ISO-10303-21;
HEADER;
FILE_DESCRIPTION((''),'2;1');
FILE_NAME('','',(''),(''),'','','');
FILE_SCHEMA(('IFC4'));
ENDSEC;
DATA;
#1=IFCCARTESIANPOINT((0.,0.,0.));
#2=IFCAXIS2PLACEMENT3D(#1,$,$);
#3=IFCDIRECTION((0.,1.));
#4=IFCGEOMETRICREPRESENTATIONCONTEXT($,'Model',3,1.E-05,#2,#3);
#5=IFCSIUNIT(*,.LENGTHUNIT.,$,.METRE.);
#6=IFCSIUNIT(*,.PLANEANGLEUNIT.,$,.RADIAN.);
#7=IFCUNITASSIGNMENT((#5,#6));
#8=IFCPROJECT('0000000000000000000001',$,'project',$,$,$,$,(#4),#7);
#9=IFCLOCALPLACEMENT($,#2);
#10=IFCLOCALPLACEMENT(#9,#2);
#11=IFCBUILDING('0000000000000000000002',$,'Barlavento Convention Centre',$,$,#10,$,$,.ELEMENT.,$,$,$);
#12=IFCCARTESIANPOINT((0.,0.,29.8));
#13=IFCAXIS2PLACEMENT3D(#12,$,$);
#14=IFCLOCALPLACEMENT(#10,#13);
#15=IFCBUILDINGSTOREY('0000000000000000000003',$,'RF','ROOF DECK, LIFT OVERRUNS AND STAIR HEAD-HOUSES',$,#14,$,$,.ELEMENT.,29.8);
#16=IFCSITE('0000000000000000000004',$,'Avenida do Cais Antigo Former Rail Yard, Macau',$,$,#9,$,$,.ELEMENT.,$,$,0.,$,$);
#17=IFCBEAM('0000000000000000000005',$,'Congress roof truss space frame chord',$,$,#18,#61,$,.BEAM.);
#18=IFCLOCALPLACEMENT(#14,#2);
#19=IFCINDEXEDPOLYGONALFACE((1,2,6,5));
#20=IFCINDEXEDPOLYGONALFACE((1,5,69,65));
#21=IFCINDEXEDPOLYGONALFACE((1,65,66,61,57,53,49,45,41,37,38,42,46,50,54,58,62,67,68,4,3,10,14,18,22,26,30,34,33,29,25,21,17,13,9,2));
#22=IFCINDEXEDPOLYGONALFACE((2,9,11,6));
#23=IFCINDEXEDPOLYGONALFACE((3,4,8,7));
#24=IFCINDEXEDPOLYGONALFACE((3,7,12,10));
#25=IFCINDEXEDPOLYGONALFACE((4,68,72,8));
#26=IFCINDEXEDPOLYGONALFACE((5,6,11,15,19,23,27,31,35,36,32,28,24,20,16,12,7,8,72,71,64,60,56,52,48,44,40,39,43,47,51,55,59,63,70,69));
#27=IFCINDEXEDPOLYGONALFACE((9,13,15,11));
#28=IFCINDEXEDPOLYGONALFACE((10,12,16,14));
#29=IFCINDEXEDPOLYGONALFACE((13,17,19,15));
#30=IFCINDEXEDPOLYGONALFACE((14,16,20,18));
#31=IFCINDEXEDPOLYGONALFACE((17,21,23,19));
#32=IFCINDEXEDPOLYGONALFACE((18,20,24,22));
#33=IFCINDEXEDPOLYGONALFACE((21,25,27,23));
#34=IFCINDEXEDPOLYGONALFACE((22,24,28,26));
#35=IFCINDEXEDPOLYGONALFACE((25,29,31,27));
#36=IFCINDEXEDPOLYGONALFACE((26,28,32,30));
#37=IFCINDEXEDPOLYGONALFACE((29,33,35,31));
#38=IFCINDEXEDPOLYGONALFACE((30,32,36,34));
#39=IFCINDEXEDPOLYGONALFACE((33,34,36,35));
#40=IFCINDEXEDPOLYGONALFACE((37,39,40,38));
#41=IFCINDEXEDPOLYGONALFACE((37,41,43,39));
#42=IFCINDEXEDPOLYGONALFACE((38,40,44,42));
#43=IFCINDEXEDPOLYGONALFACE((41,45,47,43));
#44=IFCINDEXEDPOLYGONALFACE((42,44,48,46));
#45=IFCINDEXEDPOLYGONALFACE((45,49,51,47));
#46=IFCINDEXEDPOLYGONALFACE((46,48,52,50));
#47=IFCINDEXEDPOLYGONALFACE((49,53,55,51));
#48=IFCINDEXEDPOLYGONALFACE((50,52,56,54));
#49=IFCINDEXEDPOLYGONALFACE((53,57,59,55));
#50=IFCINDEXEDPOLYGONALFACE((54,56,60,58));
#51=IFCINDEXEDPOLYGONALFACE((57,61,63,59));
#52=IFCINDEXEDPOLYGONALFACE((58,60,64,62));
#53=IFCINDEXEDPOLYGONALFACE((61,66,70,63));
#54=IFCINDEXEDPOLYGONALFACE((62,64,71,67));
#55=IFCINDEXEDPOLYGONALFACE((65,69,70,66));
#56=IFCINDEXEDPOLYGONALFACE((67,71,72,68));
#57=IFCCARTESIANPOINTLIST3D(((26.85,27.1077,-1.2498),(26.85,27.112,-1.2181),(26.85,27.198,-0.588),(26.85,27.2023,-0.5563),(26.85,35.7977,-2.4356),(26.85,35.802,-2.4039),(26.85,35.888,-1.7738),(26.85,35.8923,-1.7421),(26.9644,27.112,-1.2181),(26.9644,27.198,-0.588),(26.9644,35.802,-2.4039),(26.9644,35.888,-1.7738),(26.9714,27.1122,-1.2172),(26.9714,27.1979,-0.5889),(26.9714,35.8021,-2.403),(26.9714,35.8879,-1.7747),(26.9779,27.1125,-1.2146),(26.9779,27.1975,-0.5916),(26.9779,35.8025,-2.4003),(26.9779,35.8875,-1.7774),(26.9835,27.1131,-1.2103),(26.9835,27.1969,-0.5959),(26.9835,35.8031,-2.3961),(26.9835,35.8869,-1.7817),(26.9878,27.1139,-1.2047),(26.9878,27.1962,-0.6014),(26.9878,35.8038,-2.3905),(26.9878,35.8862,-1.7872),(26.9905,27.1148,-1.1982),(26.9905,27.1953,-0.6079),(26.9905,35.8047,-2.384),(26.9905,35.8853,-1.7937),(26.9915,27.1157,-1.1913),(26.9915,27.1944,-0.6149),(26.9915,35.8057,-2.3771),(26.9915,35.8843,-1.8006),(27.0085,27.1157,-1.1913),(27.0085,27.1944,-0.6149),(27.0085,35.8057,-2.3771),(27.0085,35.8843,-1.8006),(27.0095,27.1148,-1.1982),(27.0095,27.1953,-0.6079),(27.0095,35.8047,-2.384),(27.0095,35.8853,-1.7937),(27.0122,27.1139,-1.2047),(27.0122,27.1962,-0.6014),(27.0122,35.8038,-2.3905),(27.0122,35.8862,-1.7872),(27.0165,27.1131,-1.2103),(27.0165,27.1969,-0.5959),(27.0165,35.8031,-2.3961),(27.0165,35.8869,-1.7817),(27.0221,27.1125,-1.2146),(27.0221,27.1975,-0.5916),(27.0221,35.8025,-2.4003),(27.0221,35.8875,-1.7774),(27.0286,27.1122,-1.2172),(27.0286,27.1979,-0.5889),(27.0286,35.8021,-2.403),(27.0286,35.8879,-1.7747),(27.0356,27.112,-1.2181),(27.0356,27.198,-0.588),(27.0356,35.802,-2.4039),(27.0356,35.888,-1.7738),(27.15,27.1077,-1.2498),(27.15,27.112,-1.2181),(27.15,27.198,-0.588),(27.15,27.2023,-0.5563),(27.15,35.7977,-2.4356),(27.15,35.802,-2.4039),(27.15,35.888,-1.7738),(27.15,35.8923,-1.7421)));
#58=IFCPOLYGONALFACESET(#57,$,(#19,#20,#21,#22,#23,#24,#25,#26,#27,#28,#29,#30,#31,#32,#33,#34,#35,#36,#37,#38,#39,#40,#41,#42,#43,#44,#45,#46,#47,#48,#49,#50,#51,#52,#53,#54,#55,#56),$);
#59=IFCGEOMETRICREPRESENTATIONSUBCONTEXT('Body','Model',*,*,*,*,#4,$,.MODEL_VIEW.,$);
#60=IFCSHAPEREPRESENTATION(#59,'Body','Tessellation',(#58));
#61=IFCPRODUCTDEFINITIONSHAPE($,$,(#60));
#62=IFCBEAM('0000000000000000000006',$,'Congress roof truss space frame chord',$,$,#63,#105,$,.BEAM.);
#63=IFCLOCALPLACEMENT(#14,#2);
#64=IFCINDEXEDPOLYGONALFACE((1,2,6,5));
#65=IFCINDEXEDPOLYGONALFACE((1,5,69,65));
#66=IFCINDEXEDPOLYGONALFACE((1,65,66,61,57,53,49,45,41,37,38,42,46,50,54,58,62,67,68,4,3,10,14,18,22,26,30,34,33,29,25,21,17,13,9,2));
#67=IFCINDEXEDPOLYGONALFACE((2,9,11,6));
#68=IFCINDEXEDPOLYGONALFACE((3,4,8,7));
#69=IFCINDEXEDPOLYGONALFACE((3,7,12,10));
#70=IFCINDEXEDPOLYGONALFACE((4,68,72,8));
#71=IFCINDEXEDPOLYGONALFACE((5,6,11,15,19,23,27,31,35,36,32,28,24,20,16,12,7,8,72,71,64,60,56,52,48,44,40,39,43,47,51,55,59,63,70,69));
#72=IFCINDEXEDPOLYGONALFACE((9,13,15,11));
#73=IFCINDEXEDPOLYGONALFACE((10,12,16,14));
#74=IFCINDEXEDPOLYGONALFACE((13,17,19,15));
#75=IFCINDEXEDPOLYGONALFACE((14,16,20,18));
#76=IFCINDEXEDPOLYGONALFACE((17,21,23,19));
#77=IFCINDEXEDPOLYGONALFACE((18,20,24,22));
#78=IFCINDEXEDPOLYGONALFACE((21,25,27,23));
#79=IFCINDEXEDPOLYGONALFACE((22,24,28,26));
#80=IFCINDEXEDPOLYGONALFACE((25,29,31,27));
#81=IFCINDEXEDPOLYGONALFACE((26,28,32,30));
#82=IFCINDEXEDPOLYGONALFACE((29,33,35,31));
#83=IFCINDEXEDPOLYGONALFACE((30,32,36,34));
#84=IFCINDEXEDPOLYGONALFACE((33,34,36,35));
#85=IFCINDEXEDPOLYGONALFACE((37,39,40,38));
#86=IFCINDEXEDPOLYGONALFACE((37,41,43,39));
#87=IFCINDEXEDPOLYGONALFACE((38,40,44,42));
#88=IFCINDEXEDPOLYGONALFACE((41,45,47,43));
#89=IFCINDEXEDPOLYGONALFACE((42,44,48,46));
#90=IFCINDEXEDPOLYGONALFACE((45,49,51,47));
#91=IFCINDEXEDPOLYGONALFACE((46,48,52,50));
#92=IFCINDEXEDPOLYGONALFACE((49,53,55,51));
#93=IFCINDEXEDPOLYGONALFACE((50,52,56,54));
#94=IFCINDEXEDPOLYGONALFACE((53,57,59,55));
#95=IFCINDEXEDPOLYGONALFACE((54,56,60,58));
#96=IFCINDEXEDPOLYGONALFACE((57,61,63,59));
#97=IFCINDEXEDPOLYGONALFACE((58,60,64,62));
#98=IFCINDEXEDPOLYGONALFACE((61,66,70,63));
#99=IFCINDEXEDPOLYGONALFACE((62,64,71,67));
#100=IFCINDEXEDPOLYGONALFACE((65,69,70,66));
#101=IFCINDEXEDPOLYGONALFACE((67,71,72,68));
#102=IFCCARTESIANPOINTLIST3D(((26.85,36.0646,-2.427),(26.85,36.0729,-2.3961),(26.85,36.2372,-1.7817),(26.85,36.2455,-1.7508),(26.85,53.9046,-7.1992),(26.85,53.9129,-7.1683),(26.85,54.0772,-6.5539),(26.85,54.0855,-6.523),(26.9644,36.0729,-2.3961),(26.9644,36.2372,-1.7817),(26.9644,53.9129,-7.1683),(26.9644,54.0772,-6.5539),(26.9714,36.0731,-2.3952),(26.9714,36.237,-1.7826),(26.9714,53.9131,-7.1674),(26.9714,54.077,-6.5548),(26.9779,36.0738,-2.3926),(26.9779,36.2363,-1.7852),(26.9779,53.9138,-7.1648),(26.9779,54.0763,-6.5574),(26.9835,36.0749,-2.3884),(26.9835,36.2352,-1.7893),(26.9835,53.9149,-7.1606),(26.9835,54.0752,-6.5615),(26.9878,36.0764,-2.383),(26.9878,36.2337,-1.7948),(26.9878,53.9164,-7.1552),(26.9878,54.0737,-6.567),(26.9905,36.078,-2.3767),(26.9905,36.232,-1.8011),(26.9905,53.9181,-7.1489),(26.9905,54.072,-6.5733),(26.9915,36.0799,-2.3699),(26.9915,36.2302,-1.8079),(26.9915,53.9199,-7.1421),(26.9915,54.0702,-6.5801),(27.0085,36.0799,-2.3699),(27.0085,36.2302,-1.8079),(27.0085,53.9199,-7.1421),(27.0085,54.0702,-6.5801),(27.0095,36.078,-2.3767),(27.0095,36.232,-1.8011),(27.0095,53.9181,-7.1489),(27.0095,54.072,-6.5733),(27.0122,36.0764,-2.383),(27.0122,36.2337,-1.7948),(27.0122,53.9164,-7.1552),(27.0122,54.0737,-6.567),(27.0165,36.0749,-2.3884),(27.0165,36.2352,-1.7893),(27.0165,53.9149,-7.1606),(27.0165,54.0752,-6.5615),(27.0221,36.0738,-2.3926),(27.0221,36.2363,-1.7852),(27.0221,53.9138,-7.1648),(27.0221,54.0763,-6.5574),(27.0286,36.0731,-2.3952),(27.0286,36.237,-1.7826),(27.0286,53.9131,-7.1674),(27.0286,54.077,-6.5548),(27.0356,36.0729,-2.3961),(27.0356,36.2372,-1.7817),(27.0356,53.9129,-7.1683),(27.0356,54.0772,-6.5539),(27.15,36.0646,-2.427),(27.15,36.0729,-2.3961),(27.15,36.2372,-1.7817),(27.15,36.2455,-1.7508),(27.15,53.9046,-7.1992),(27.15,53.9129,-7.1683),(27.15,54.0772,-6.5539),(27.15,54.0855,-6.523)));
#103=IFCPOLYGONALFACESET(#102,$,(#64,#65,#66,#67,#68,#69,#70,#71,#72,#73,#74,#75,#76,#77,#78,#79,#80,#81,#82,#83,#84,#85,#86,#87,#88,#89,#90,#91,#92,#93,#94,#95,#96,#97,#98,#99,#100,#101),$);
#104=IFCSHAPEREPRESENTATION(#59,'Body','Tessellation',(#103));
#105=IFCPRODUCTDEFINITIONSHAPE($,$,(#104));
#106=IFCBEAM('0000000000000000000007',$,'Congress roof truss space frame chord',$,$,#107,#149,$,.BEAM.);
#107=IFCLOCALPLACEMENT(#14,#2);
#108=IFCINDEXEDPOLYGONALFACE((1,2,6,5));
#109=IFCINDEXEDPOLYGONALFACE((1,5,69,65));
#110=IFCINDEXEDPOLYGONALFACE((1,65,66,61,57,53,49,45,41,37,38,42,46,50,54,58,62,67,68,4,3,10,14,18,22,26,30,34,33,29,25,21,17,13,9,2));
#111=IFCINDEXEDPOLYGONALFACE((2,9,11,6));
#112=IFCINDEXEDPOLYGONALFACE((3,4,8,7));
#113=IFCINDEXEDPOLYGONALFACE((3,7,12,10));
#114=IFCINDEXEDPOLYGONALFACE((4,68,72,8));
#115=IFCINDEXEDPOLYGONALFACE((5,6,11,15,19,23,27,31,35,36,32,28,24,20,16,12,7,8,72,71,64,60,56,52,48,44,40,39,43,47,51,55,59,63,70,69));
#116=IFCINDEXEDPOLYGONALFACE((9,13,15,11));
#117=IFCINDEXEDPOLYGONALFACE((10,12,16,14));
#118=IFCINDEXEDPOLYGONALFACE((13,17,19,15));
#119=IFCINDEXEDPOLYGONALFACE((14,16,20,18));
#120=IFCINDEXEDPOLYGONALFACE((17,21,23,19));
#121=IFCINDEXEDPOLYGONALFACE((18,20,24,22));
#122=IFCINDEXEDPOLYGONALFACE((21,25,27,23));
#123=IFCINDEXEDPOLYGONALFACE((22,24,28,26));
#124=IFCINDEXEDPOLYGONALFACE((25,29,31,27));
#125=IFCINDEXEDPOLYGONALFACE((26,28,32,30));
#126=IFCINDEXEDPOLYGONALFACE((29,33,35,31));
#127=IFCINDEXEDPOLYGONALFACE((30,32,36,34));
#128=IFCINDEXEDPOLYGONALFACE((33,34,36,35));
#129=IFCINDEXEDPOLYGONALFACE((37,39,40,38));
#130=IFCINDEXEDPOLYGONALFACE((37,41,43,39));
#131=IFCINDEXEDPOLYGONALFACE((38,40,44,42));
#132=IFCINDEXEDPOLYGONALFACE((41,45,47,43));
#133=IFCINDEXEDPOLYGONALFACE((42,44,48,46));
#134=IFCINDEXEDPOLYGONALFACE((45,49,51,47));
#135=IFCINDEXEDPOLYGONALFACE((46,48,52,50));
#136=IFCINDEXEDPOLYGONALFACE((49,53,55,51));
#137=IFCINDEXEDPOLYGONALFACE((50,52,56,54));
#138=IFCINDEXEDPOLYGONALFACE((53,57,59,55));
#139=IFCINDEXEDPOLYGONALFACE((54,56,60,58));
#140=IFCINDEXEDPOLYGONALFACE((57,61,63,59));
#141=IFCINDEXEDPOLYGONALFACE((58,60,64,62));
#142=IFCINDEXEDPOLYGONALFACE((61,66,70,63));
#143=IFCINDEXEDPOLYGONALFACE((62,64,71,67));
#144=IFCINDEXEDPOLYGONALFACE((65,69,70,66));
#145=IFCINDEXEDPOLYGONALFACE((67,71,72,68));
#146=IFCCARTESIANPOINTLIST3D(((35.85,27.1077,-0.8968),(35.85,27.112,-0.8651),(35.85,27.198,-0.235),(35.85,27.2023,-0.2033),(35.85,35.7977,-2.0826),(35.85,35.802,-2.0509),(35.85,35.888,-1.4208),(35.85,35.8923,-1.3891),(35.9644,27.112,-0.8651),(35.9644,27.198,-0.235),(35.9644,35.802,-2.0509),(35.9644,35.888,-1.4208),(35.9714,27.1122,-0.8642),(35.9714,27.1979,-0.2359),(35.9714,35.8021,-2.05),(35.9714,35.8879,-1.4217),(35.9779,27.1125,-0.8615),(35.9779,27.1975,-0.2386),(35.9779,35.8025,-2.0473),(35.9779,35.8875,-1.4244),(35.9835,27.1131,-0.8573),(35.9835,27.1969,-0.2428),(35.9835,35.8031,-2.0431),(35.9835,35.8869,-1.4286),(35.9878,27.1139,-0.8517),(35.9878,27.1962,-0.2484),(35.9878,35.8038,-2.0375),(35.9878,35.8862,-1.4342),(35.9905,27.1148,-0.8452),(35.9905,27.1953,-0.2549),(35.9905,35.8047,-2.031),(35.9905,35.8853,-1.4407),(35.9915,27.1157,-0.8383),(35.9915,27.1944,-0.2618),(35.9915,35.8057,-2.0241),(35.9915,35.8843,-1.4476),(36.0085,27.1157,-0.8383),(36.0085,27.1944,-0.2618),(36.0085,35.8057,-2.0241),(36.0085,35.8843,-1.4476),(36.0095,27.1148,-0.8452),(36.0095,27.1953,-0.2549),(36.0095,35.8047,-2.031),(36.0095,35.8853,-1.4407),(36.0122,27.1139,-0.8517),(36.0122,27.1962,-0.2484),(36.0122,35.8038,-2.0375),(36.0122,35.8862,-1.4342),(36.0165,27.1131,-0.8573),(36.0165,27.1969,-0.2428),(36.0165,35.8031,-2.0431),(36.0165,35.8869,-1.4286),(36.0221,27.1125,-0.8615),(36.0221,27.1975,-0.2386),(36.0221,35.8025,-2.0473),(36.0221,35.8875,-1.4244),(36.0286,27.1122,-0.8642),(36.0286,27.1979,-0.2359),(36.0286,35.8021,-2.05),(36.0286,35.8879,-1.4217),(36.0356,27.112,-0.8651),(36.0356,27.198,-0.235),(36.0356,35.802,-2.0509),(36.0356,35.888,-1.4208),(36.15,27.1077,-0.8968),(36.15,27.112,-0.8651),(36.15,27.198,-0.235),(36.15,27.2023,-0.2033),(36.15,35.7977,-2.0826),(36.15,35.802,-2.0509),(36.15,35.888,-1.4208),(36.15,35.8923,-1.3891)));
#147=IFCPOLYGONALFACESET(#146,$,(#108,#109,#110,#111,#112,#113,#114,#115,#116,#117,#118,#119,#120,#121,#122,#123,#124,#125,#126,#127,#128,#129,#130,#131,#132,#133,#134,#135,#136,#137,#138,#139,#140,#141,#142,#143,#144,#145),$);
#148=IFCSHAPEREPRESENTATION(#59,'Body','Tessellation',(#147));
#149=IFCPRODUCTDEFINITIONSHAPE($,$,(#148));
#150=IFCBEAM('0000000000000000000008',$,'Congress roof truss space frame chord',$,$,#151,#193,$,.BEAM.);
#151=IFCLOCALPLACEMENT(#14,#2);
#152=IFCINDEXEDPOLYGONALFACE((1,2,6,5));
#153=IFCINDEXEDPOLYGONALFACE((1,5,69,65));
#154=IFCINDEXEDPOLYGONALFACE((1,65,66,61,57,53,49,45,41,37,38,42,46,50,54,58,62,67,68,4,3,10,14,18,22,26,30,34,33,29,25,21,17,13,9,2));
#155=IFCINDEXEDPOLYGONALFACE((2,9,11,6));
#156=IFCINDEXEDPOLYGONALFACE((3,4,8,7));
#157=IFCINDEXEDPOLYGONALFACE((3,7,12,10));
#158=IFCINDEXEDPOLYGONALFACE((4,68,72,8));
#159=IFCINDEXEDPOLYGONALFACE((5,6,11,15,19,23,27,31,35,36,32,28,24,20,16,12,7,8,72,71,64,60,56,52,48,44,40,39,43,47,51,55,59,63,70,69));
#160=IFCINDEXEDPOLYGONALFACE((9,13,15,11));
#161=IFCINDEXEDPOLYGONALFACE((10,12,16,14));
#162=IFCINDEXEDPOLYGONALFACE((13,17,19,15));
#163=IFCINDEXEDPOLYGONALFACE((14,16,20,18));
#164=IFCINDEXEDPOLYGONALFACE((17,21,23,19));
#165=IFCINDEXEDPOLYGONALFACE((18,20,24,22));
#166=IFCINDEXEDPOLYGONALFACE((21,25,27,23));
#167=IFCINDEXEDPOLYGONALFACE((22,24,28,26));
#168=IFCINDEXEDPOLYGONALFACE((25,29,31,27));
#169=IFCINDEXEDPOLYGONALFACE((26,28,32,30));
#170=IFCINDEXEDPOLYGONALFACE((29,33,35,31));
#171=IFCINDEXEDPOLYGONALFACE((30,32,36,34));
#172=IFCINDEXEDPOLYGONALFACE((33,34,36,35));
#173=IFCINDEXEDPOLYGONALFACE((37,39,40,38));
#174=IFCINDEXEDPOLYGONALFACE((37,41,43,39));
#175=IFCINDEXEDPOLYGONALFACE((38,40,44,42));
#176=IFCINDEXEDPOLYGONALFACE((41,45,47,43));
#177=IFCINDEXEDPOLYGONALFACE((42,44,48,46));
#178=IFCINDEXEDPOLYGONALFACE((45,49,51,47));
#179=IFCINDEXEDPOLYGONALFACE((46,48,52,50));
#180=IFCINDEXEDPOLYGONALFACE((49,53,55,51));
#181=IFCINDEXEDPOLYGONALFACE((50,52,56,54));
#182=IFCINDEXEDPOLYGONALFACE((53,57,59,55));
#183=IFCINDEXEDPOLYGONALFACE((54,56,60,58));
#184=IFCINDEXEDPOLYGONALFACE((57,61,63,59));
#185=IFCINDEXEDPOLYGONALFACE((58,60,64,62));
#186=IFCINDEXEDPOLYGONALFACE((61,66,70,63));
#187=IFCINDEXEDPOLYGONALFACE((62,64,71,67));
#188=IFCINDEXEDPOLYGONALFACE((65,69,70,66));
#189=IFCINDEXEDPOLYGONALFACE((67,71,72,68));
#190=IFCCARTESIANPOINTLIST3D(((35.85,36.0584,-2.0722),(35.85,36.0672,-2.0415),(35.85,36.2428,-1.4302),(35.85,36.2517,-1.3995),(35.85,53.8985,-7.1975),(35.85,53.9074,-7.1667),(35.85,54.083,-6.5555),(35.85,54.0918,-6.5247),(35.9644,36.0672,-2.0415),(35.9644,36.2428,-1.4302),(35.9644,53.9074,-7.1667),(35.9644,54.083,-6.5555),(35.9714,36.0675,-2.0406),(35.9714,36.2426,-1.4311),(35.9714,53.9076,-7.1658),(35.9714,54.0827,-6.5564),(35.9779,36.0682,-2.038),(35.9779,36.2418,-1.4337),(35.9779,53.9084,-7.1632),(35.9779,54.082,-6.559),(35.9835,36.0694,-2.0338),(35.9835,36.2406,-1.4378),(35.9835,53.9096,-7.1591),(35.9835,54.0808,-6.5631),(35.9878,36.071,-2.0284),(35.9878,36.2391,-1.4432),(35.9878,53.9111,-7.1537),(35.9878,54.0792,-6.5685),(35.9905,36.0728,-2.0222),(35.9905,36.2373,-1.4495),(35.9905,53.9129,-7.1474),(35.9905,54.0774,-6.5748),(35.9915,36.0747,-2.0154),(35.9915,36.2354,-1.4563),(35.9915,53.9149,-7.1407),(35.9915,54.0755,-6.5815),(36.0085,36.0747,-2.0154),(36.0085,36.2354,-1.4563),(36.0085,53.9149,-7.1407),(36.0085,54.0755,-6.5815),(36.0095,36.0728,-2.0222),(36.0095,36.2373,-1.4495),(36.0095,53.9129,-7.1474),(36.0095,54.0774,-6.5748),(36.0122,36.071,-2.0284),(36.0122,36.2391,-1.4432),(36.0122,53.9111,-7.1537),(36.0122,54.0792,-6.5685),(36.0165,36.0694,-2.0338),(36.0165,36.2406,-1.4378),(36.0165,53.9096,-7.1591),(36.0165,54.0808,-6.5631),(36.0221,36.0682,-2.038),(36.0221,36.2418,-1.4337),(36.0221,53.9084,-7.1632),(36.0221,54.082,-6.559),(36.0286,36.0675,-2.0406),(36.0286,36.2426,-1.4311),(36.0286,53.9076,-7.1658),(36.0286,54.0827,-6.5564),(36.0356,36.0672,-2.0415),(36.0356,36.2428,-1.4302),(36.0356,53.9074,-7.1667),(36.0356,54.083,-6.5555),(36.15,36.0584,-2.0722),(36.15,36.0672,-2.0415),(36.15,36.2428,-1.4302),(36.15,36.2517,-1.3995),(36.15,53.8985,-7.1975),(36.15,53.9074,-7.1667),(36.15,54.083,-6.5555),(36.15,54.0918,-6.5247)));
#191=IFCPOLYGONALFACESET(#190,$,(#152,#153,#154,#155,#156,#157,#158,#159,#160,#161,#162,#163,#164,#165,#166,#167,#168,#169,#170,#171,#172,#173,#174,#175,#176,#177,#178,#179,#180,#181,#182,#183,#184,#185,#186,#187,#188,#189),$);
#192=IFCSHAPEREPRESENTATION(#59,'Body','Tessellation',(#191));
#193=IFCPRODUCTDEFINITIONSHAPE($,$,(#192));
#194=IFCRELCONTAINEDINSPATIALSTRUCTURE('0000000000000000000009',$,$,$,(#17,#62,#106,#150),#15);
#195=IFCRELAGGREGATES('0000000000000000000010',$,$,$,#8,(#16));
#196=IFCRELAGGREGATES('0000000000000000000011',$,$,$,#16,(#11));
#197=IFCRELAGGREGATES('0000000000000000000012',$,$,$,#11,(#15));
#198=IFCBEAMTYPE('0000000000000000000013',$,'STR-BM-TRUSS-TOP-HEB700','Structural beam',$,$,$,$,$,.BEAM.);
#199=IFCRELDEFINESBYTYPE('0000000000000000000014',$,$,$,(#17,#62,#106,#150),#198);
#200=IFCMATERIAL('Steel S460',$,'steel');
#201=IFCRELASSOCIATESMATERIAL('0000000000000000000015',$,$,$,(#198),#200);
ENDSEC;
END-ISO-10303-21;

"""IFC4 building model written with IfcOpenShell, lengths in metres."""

from ifc_helpers import new_model, si_unit, direction, frame, origin, origin_2d, place, context, subcontext, project, spatial, i_section, extrude, material, material_profile, profile_set, type_object, element, save


model = new_model("IFC4")

# Units and contexts
model_context = context("Model", 3, precision=1e-05, world=origin(), true_north=direction((0.0, 1.0)))
body_context = subcontext(model_context, "Body", "Model", "MODEL_VIEW")
ifc_project = project(units=[si_unit("LENGTHUNIT", "METRE"), si_unit("PLANEANGLEUNIT", "RADIAN")], contexts=[model_context])

# Site, building, storey
site_placement = place(None, origin())
site = spatial("IfcSite", under=ifc_project, at=site_placement, Name="Avenida do Cais Antigo Former Rail Yard, Macau", CompositionType="ELEMENT", RefElevation=0.0)
building_placement = place(site_placement, origin())
building = spatial("IfcBuilding", under=site, at=building_placement, Name="Barlavento Convention Centre", CompositionType="ELEMENT")
storey_placement = place(building_placement, frame((0.0, 0.0, 29.8)))
storey = spatial("IfcBuildingStorey", under=building, at=storey_placement, Name="RF", Description="ROOF DECK, LIFT OVERRUNS AND STAIR HEAD-HOUSES", CompositionType="ELEMENT", Elevation=29.8)

# Beams
ifc_material_1 = material(Name="Steel S460", Category="steel")
ifc_material_profile_1 = material_profile(ifc_material_1, i_section(OverallWidth=0.3, OverallDepth=0.7, WebThickness=0.0171, FlangeThickness=0.032, FilletRadius=0.0271, at=origin_2d()), Name="HEB 700")
ifc_profile_set_1 = profile_set([ifc_material_profile_1], Name="Steel S460")
beam_type = type_object("IfcBeamType", Name="STR-BM-TRUSS-TOP-HEB700", Description="Structural beam", PredefinedType="BEAM", material=ifc_profile_set_1)
beam_1_placement = place(storey_placement, frame((27.0, 27.155, -0.9031), z_axis=(0.0, 0.990818, -0.135203), x_axis=(-1.0, 0.0, 0.0)))
element("IfcBeam", 1, at=beam_1_placement, inside=storey, type_object=beam_type, Name="Congress roof truss space frame chord", PredefinedType="BEAM", context=body_context, shape_type="SweptSolid", body=[
    extrude(i_section(OverallWidth=0.3, OverallDepth=0.7, WebThickness=0.0171, FlangeThickness=0.032, FilletRadius=0.0271, at=origin_2d()), origin(), (0.0, 0.0, 1.0), 8.7705),
])
beam_2_placement = place(storey_placement, frame((27.0, 36.155, -2.0889), z_axis=(0.0, 0.966034, -0.258414), x_axis=(-1.0, 0.0, 0.0)))
element("IfcBeam", 2, at=beam_2_placement, inside=storey, type_object=beam_type, Name="Congress roof truss space frame chord", PredefinedType="BEAM", context=body_context, shape_type="SweptSolid", body=[
    extrude(i_section(OverallWidth=0.3, OverallDepth=0.7, WebThickness=0.0171, FlangeThickness=0.032, FilletRadius=0.0271, at=origin_2d()), origin(), (0.0, 0.0, 1.0), 18.4673),
])
beam_3_placement = place(storey_placement, frame((36.0, 27.155, -0.55), z_axis=(0.0, 0.990818, -0.135203), x_axis=(-1.0, 0.0, 0.0)))
element("IfcBeam", 3, at=beam_3_placement, inside=storey, type_object=beam_type, Name="Congress roof truss space frame chord", PredefinedType="BEAM", context=body_context, shape_type="SweptSolid", body=[
    extrude(i_section(OverallWidth=0.3, OverallDepth=0.7, WebThickness=0.0171, FlangeThickness=0.032, FilletRadius=0.0271, at=origin_2d()), origin(), (0.0, 0.0, 1.0), 8.7705),
])
beam_4_placement = place(storey_placement, frame((36.0, 36.155, -1.7358), z_axis=(0.0, 0.961123, -0.276119), x_axis=(-1.0, 0.0, 0.0)))
element("IfcBeam", 4, at=beam_4_placement, inside=storey, type_object=beam_type, Name="Congress roof truss space frame chord", PredefinedType="BEAM", context=body_context, shape_type="SweptSolid", body=[
    extrude(i_section(OverallWidth=0.3, OverallDepth=0.7, WebThickness=0.0171, FlangeThickness=0.032, FilletRadius=0.0271, at=origin_2d()), origin(), (0.0, 0.0, 1.0), 18.5618),
])

save(model, "model.ifc")
